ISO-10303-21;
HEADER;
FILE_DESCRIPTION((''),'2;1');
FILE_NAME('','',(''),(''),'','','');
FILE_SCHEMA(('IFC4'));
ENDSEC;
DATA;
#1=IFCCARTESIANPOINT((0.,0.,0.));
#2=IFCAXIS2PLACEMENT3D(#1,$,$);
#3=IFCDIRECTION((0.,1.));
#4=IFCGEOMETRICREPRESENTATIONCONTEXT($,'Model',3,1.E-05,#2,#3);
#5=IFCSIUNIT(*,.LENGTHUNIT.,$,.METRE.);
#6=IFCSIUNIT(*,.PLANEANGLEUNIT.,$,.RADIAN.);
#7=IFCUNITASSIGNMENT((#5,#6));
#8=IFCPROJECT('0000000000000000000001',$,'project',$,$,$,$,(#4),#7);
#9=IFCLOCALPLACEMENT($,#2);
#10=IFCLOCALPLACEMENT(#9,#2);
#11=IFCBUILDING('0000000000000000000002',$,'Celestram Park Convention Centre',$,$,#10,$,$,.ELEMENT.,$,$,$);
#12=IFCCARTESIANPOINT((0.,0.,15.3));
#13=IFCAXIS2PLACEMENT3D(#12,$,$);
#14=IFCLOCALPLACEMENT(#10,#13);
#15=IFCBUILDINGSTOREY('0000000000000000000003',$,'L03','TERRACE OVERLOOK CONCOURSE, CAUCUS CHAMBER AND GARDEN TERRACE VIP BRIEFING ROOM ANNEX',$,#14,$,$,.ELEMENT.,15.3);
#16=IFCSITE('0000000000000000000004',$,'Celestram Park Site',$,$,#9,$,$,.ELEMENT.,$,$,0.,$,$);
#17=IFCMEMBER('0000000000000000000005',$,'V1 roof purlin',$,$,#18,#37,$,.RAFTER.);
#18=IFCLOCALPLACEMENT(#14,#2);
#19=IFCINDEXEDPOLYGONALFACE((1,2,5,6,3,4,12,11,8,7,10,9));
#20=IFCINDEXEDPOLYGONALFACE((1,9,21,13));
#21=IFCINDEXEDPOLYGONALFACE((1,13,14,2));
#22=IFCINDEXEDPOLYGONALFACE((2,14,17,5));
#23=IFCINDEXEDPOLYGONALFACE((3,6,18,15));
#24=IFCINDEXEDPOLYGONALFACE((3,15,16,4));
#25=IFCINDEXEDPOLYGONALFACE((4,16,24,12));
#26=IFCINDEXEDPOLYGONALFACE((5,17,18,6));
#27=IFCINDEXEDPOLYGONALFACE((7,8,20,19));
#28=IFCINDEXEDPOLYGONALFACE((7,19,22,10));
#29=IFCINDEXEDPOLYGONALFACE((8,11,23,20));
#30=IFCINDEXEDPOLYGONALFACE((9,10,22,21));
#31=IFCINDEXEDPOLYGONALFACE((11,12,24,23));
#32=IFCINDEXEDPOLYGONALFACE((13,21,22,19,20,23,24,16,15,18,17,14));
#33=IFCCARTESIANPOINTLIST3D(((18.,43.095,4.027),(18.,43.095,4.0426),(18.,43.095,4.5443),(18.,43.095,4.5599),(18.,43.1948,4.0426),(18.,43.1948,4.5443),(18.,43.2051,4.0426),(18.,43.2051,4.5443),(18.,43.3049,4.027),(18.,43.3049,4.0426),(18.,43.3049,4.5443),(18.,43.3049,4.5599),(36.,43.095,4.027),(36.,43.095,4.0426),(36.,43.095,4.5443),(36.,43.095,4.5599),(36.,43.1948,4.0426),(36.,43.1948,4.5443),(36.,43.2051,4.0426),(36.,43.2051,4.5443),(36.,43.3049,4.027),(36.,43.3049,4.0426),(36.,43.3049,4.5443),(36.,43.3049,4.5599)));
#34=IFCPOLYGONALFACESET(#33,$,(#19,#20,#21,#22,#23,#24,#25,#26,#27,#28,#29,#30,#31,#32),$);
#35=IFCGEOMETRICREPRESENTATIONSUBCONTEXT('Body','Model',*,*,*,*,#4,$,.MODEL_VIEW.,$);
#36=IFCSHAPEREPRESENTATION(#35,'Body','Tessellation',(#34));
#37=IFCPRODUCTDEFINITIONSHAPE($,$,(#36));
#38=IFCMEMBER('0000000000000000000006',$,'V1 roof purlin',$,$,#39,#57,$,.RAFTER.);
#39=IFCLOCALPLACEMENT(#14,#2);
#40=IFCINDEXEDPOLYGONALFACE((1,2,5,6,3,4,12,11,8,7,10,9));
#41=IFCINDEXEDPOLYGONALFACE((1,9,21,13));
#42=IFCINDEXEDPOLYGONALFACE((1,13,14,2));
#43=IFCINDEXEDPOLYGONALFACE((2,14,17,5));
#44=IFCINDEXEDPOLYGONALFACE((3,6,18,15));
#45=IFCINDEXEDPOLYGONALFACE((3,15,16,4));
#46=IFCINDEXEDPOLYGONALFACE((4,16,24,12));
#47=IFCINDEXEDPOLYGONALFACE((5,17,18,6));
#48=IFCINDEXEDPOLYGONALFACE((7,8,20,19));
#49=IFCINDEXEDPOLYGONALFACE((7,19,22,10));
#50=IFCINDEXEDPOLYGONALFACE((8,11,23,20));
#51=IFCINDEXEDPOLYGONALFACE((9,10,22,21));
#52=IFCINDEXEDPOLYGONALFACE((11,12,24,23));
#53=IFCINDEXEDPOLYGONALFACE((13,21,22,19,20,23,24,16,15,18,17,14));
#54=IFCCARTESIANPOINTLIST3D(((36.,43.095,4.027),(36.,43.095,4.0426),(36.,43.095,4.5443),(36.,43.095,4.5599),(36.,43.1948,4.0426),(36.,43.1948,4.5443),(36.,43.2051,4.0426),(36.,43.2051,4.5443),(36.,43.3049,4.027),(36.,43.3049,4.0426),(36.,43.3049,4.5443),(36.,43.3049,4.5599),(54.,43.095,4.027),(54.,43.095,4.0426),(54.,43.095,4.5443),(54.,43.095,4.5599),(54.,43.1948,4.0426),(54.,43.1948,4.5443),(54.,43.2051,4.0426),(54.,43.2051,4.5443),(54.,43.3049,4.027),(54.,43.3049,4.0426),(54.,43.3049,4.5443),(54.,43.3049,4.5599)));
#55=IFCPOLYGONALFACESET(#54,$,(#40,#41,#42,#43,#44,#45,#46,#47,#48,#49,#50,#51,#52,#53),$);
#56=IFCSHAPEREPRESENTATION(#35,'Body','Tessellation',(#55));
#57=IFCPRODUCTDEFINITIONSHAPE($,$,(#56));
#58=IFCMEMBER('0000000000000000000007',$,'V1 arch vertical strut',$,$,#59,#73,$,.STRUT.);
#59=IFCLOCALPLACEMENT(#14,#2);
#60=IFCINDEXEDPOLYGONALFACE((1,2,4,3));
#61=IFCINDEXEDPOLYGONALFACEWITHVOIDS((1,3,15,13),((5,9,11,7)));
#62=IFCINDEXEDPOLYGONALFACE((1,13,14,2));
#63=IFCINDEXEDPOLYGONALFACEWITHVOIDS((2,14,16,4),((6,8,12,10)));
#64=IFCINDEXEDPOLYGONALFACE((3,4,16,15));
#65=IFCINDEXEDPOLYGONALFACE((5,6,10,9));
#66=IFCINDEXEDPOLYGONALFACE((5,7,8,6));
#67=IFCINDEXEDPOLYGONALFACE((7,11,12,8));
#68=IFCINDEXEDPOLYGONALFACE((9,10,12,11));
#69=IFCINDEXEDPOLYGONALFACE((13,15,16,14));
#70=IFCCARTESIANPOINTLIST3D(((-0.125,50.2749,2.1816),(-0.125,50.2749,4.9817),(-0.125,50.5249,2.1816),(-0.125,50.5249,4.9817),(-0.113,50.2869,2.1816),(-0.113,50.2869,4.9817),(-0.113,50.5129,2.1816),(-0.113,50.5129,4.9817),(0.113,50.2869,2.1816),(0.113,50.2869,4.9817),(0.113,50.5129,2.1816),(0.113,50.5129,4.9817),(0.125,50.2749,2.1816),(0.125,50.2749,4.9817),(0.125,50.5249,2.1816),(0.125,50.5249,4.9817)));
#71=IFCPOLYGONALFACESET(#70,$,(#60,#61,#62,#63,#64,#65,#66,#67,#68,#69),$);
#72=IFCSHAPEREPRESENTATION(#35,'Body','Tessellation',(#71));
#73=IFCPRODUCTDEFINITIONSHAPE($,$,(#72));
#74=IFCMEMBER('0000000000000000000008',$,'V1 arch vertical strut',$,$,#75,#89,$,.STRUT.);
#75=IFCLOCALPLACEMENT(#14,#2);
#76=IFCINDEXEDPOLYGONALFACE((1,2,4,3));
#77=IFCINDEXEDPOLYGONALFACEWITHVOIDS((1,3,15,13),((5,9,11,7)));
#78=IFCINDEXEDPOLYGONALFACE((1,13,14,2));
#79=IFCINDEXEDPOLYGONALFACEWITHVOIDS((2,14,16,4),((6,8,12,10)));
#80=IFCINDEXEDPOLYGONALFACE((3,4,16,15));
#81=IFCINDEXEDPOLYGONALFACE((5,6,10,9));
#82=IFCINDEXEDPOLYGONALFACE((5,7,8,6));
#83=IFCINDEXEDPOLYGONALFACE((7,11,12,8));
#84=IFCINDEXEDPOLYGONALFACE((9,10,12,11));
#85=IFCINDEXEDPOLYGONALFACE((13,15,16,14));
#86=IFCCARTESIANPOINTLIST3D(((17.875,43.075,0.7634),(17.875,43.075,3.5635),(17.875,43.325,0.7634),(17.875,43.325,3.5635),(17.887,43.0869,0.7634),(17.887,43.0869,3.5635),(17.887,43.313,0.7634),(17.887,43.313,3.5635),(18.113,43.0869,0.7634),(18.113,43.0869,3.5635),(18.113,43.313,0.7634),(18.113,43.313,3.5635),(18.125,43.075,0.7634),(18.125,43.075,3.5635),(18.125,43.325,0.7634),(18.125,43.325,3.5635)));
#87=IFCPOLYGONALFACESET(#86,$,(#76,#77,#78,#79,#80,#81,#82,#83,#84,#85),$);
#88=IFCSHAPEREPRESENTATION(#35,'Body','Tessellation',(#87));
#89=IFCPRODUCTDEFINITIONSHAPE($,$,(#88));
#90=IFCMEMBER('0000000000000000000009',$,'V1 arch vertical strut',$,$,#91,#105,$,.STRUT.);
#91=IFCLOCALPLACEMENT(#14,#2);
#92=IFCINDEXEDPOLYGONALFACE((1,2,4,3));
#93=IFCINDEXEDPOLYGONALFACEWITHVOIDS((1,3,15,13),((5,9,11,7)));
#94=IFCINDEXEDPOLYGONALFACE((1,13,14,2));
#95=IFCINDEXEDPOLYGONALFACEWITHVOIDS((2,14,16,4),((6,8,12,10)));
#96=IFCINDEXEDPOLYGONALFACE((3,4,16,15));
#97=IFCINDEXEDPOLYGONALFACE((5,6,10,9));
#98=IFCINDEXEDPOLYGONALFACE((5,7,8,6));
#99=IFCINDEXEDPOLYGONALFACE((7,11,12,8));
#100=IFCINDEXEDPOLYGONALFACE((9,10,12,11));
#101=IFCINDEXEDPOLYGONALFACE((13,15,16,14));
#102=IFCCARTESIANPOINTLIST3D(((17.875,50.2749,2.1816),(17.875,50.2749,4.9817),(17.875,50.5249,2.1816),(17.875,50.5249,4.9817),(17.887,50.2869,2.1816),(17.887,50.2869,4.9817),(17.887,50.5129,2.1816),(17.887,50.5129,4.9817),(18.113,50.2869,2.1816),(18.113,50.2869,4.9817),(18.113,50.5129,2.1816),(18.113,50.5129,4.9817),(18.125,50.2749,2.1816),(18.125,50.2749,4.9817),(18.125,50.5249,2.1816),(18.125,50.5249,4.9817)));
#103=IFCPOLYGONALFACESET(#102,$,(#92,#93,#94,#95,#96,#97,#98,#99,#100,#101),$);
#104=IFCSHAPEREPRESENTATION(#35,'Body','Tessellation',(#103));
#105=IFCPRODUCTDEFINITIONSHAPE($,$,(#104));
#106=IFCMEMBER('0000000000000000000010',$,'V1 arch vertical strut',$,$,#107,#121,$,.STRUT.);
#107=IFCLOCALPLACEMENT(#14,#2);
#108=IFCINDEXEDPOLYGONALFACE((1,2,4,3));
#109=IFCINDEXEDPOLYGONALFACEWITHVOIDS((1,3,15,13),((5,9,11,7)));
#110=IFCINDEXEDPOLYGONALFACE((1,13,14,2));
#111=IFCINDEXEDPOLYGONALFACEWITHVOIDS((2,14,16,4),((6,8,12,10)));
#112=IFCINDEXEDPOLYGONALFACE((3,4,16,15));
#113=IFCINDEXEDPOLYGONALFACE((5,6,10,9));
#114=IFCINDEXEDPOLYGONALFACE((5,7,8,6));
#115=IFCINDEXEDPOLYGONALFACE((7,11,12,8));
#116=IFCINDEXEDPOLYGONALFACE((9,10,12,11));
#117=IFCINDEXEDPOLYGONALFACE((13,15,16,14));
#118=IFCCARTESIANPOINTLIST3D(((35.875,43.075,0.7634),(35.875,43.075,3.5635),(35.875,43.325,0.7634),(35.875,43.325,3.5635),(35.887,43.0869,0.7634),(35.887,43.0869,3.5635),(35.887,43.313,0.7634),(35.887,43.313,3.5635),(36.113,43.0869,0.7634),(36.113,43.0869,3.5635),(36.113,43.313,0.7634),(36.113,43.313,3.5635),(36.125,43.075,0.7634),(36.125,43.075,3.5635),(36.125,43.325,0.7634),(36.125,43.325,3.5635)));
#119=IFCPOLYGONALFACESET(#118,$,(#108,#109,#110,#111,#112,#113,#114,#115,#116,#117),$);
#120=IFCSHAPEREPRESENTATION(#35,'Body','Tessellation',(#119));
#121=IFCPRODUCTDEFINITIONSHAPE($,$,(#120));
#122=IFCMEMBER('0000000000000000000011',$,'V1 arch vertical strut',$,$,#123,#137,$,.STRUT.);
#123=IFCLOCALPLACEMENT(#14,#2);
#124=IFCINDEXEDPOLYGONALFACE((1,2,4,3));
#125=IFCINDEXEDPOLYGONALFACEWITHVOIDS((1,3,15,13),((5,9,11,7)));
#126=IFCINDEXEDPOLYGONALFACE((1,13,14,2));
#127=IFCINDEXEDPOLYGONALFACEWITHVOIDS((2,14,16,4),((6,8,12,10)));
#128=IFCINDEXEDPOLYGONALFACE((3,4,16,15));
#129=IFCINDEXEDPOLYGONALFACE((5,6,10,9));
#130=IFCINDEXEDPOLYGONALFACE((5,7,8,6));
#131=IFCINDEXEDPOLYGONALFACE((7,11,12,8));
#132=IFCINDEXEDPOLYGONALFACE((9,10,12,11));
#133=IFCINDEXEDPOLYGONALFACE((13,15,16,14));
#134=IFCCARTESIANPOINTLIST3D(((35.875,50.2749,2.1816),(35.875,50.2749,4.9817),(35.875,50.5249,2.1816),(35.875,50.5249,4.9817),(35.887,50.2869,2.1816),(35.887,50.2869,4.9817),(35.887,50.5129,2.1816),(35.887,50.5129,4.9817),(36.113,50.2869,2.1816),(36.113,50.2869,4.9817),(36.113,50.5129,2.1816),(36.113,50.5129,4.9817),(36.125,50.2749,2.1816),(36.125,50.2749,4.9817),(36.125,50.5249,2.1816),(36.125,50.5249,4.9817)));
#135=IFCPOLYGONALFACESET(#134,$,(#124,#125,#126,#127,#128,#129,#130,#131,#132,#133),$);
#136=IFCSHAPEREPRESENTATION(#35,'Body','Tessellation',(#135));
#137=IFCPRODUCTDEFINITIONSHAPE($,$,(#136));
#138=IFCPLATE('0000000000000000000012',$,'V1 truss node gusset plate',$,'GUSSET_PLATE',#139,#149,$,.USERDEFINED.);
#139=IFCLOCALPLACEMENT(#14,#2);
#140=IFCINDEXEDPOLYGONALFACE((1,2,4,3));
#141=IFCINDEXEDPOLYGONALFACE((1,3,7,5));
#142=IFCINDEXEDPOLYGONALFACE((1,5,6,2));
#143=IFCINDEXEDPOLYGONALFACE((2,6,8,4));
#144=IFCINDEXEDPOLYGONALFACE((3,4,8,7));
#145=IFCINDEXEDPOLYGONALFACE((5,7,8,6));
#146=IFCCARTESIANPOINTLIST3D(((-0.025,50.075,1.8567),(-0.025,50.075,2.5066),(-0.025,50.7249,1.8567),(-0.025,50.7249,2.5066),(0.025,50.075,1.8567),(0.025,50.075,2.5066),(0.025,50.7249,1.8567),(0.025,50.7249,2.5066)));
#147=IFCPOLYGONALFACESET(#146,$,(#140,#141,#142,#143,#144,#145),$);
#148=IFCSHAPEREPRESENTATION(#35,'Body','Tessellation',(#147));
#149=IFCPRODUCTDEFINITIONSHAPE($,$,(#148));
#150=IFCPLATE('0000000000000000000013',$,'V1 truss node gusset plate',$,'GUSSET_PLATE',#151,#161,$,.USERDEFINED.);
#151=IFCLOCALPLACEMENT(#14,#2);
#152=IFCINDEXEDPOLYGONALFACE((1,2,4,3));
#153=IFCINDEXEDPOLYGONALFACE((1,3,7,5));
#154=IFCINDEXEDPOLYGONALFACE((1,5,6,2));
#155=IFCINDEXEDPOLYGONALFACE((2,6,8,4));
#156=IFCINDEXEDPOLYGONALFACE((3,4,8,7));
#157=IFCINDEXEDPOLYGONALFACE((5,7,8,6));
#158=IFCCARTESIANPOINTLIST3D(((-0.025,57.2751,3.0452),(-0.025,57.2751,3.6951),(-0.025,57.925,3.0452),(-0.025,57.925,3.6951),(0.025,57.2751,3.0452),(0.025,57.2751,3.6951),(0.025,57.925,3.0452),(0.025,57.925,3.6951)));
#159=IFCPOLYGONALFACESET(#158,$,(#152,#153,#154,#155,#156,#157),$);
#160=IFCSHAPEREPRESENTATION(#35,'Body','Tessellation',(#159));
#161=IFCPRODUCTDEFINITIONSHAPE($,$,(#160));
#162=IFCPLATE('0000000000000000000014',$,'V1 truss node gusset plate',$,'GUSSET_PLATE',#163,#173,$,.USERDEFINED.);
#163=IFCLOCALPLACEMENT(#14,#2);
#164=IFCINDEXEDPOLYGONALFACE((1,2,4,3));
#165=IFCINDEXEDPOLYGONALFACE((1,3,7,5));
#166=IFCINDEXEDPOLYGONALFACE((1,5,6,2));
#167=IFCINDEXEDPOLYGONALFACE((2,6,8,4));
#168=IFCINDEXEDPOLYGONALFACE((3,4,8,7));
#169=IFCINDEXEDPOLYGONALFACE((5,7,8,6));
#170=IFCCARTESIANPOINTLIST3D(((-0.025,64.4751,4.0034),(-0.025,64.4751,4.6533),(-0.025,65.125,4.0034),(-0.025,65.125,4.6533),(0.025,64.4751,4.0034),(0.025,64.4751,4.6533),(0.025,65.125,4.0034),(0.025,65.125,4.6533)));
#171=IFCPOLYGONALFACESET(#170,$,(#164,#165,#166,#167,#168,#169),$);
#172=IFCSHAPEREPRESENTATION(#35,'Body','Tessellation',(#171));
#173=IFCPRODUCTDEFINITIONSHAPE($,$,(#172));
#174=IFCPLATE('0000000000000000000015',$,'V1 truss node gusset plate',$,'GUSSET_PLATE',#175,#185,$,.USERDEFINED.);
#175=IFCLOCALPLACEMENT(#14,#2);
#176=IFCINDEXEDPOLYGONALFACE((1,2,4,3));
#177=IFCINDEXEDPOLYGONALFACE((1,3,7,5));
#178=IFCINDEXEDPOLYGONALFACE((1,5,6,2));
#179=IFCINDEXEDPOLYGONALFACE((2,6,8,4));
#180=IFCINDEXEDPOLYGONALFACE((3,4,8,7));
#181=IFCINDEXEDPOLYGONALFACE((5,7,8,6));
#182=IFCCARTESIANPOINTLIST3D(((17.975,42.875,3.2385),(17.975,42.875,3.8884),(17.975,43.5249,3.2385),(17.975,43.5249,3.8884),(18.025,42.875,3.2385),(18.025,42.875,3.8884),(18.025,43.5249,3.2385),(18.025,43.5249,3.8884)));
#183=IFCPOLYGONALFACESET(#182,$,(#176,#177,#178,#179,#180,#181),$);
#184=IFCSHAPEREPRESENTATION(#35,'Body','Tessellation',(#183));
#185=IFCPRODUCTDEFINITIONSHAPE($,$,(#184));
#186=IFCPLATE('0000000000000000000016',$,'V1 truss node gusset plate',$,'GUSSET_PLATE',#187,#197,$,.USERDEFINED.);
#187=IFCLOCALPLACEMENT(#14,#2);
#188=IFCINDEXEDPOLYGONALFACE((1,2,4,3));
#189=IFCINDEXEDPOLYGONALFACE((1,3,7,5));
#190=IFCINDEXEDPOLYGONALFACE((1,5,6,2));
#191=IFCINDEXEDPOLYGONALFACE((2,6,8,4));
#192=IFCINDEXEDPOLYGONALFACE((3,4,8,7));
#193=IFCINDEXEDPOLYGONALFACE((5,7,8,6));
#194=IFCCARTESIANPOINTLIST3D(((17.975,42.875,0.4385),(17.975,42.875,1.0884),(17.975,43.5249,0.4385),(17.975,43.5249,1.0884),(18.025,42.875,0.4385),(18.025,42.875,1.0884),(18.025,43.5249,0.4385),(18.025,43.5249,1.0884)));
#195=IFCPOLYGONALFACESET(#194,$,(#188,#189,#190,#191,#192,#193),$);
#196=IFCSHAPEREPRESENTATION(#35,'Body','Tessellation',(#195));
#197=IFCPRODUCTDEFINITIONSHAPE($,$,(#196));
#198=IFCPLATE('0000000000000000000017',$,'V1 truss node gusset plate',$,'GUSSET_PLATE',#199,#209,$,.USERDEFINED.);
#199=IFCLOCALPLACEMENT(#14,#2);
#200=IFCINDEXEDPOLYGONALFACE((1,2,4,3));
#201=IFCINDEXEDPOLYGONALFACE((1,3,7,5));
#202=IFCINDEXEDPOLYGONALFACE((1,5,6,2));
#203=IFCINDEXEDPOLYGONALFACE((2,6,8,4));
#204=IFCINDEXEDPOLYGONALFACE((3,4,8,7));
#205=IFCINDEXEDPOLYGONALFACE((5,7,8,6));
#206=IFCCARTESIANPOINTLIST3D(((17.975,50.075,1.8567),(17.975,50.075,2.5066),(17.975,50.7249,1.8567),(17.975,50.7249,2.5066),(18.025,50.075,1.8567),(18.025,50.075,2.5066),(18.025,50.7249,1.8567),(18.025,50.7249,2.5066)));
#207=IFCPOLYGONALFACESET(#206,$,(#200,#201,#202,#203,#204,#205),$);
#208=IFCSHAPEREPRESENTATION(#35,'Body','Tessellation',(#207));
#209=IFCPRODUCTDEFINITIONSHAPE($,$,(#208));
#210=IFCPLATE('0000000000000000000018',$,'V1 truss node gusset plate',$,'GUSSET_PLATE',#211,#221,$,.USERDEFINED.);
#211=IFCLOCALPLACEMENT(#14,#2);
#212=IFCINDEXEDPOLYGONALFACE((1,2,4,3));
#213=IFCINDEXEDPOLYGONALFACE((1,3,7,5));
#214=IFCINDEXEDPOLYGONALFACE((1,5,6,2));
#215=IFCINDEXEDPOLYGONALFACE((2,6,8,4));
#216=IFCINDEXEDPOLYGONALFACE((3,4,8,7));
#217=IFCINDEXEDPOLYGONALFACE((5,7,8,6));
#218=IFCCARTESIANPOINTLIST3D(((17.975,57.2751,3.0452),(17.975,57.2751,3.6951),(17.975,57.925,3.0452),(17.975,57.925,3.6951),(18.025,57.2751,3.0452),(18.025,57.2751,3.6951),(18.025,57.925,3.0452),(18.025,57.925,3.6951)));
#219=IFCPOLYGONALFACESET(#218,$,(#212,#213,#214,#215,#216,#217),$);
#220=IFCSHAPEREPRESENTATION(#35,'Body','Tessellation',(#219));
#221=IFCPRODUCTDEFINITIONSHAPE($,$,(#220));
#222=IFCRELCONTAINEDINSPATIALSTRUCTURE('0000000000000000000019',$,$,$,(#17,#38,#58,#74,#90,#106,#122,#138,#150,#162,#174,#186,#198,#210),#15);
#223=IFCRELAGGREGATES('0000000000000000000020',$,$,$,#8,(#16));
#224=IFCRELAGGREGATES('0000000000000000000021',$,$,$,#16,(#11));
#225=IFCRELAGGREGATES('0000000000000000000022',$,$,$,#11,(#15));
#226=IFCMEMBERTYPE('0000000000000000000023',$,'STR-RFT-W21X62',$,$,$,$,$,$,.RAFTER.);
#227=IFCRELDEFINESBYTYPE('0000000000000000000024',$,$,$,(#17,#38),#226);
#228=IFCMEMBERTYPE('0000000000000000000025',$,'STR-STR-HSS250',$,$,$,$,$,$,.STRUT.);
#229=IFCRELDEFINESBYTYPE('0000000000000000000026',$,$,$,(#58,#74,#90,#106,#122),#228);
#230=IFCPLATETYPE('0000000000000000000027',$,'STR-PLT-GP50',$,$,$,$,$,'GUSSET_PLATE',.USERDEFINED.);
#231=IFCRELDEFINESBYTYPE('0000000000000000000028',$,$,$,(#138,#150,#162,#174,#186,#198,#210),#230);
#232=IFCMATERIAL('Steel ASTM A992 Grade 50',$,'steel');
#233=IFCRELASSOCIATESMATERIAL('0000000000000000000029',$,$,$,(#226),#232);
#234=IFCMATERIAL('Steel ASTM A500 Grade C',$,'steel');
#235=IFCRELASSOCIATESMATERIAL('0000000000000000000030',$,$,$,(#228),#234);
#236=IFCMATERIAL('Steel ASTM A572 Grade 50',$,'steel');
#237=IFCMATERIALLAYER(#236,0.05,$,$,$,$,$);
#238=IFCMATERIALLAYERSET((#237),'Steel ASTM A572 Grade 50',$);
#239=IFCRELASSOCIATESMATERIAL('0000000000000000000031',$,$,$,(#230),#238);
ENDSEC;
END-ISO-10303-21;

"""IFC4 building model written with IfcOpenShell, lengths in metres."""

from ifc_helpers import new_model, si_unit, direction, frame, origin, origin_2d, place, context, subcontext, project, spatial, rectangle, hollow_rectangle, i_section, extrude, material, layer, layer_set, material_profile, profile_set, type_object, element, save


model = new_model("IFC4")

# Units and contexts
model_context = context("Model", 3, precision=1e-05, world=origin(), true_north=direction((0.0, 1.0)))
body_context = subcontext(model_context, "Body", "Model", "MODEL_VIEW")
ifc_project = project(units=[si_unit("LENGTHUNIT", "METRE"), si_unit("PLANEANGLEUNIT", "RADIAN")], contexts=[model_context])

# Site, building, storey
site_placement = place(None, origin())
site = spatial("IfcSite", under=ifc_project, at=site_placement, Name="Celestram Park Site", CompositionType="ELEMENT", RefElevation=0.0)
building_placement = place(site_placement, origin())
building = spatial("IfcBuilding", under=site, at=building_placement, Name="Celestram Park Convention Centre", CompositionType="ELEMENT")
storey_placement = place(building_placement, frame((0.0, 0.0, 15.3)))
storey = spatial("IfcBuildingStorey", under=building, at=storey_placement, Name="L03", Description="TERRACE OVERLOOK CONCOURSE, CAUCUS CHAMBER AND GARDEN TERRACE VIP BRIEFING ROOM ANNEX", CompositionType="ELEMENT", Elevation=15.3)

# Members
ifc_material_1 = material(Name="Steel ASTM A500 Grade C", Category="steel")
ifc_material_2 = material(Name="Steel ASTM A992 Grade 50", Category="steel")
ifc_material_profile_1 = material_profile(ifc_material_2, i_section(OverallWidth=0.21, OverallDepth=0.533, WebThickness=0.0103, FlangeThickness=0.0156, at=origin_2d()), Name="W21X62")
ifc_profile_set_1 = profile_set([ifc_material_profile_1], Name="Steel ASTM A992 Grade 50")
member_type_1 = type_object("IfcMemberType", Name="STR-RFT-W21X62", PredefinedType="RAFTER", material=ifc_profile_set_1)
for number, where, z_axis, x_axis, name in (
    (1, (18.0, 43.2, 4.2935), (1.0, 0.0, 0.0), (0.0, 1.0, 0.0), "V1 roof purlin"),
    (2, (36.0, 43.2, 4.2935), (1.0, 0.0, 0.0), (0.0, 1.0, 0.0), "V1 roof purlin"),
):
    element("IfcMember", number, at=place(storey_placement, frame(where, z_axis=z_axis, x_axis=x_axis)), inside=storey, type_object=member_type_1, Name=name, PredefinedType="RAFTER", context=body_context, shape_type="SweptSolid", body=[
        extrude(i_section(OverallWidth=0.21, OverallDepth=0.533, WebThickness=0.0103, FlangeThickness=0.0156, at=origin_2d()), origin(), (0.0, 0.0, 1.0), 18.0),
    ])
ifc_material_profile_2 = material_profile(ifc_material_1, hollow_rectangle(XDim=0.25, YDim=0.25, WallThickness=0.012, at=origin_2d()), Name="HSS250X250X12")
ifc_profile_set_2 = profile_set([ifc_material_profile_2], Name="Steel ASTM A500 Grade C")
member_type_2 = type_object("IfcMemberType", Name="STR-STR-HSS250", PredefinedType="STRUT", material=ifc_profile_set_2)
for number, where, z_axis, x_axis, name in (
    (3, (0.0, 50.3999, 2.1816), (0.0, 0.0, 1.0), (1.0, 0.0, 0.0), "V1 arch vertical strut"),
    (4, (18.0, 43.2, 0.7634), (0.0, 0.0, 1.0), (1.0, 0.0, 0.0), "V1 arch vertical strut"),
    (5, (18.0, 50.3999, 2.1816), (0.0, 0.0, 1.0), (1.0, 0.0, 0.0), "V1 arch vertical strut"),
    (6, (36.0, 43.2, 0.7634), (0.0, 0.0, 1.0), (1.0, 0.0, 0.0), "V1 arch vertical strut"),
    (7, (36.0, 50.3999, 2.1816), (0.0, 0.0, 1.0), (1.0, 0.0, 0.0), "V1 arch vertical strut"),
):
    element("IfcMember", number, at=place(storey_placement, frame(where, z_axis=z_axis, x_axis=x_axis)), inside=storey, type_object=member_type_2, Name=name, PredefinedType="STRUT", context=body_context, shape_type="SweptSolid", body=[
        extrude(hollow_rectangle(XDim=0.25, YDim=0.25, WallThickness=0.012, at=origin_2d()), origin(), (0.0, 0.0, 1.0), 2.8),
    ])

# Plates
ifc_material_3 = material(Name="Steel ASTM A572 Grade 50", Category="steel")
ifc_layer_1 = layer(ifc_material_3, 0.05)
ifc_layer_set_1 = layer_set([ifc_layer_1], Name="Steel ASTM A572 Grade 50")
plate_type = type_object("IfcPlateType", Name="STR-PLT-GP50", ElementType="GUSSET_PLATE", PredefinedType="USERDEFINED", material=ifc_layer_set_1)
for number, where, z_axis, x_axis, name in (
    (8, (0.0, 50.3999, 1.8567), (0.0, 0.0, 1.0), (0.0, 1.0, 0.0), "V1 truss node gusset plate"),
    (9, (0.0, 57.6001, 3.0452), (0.0, 0.0, 1.0), (0.0, 1.0, 0.0), "V1 truss node gusset plate"),
    (10, (0.0, 64.8, 4.0034), (0.0, 0.0, 1.0), (0.0, 1.0, 0.0), "V1 truss node gusset plate"),
    (11, (18.0, 43.2, 3.2385), (0.0, 0.0, 1.0), (0.0, 1.0, 0.0), "V1 truss node gusset plate"),
    (12, (18.0, 43.2, 0.4385), (0.0, 0.0, 1.0), (0.0, 1.0, 0.0), "V1 truss node gusset plate"),
    (13, (18.0, 50.3999, 1.8567), (0.0, 0.0, 1.0), (0.0, 1.0, 0.0), "V1 truss node gusset plate"),
    (14, (18.0, 57.6001, 3.0452), (0.0, 0.0, 1.0), (0.0, 1.0, 0.0), "V1 truss node gusset plate"),
):
    element("IfcPlate", number, at=place(storey_placement, frame(where, z_axis=z_axis, x_axis=x_axis)), inside=storey, type_object=plate_type, Name=name, ObjectType="GUSSET_PLATE", PredefinedType="USERDEFINED", context=body_context, shape_type="SweptSolid", body=[
        extrude(rectangle(XDim=0.6499, YDim=0.05, at=origin_2d()), origin(), (0.0, 0.0, 1.0), 0.6499),
    ])

save(model, "model.ifc")
